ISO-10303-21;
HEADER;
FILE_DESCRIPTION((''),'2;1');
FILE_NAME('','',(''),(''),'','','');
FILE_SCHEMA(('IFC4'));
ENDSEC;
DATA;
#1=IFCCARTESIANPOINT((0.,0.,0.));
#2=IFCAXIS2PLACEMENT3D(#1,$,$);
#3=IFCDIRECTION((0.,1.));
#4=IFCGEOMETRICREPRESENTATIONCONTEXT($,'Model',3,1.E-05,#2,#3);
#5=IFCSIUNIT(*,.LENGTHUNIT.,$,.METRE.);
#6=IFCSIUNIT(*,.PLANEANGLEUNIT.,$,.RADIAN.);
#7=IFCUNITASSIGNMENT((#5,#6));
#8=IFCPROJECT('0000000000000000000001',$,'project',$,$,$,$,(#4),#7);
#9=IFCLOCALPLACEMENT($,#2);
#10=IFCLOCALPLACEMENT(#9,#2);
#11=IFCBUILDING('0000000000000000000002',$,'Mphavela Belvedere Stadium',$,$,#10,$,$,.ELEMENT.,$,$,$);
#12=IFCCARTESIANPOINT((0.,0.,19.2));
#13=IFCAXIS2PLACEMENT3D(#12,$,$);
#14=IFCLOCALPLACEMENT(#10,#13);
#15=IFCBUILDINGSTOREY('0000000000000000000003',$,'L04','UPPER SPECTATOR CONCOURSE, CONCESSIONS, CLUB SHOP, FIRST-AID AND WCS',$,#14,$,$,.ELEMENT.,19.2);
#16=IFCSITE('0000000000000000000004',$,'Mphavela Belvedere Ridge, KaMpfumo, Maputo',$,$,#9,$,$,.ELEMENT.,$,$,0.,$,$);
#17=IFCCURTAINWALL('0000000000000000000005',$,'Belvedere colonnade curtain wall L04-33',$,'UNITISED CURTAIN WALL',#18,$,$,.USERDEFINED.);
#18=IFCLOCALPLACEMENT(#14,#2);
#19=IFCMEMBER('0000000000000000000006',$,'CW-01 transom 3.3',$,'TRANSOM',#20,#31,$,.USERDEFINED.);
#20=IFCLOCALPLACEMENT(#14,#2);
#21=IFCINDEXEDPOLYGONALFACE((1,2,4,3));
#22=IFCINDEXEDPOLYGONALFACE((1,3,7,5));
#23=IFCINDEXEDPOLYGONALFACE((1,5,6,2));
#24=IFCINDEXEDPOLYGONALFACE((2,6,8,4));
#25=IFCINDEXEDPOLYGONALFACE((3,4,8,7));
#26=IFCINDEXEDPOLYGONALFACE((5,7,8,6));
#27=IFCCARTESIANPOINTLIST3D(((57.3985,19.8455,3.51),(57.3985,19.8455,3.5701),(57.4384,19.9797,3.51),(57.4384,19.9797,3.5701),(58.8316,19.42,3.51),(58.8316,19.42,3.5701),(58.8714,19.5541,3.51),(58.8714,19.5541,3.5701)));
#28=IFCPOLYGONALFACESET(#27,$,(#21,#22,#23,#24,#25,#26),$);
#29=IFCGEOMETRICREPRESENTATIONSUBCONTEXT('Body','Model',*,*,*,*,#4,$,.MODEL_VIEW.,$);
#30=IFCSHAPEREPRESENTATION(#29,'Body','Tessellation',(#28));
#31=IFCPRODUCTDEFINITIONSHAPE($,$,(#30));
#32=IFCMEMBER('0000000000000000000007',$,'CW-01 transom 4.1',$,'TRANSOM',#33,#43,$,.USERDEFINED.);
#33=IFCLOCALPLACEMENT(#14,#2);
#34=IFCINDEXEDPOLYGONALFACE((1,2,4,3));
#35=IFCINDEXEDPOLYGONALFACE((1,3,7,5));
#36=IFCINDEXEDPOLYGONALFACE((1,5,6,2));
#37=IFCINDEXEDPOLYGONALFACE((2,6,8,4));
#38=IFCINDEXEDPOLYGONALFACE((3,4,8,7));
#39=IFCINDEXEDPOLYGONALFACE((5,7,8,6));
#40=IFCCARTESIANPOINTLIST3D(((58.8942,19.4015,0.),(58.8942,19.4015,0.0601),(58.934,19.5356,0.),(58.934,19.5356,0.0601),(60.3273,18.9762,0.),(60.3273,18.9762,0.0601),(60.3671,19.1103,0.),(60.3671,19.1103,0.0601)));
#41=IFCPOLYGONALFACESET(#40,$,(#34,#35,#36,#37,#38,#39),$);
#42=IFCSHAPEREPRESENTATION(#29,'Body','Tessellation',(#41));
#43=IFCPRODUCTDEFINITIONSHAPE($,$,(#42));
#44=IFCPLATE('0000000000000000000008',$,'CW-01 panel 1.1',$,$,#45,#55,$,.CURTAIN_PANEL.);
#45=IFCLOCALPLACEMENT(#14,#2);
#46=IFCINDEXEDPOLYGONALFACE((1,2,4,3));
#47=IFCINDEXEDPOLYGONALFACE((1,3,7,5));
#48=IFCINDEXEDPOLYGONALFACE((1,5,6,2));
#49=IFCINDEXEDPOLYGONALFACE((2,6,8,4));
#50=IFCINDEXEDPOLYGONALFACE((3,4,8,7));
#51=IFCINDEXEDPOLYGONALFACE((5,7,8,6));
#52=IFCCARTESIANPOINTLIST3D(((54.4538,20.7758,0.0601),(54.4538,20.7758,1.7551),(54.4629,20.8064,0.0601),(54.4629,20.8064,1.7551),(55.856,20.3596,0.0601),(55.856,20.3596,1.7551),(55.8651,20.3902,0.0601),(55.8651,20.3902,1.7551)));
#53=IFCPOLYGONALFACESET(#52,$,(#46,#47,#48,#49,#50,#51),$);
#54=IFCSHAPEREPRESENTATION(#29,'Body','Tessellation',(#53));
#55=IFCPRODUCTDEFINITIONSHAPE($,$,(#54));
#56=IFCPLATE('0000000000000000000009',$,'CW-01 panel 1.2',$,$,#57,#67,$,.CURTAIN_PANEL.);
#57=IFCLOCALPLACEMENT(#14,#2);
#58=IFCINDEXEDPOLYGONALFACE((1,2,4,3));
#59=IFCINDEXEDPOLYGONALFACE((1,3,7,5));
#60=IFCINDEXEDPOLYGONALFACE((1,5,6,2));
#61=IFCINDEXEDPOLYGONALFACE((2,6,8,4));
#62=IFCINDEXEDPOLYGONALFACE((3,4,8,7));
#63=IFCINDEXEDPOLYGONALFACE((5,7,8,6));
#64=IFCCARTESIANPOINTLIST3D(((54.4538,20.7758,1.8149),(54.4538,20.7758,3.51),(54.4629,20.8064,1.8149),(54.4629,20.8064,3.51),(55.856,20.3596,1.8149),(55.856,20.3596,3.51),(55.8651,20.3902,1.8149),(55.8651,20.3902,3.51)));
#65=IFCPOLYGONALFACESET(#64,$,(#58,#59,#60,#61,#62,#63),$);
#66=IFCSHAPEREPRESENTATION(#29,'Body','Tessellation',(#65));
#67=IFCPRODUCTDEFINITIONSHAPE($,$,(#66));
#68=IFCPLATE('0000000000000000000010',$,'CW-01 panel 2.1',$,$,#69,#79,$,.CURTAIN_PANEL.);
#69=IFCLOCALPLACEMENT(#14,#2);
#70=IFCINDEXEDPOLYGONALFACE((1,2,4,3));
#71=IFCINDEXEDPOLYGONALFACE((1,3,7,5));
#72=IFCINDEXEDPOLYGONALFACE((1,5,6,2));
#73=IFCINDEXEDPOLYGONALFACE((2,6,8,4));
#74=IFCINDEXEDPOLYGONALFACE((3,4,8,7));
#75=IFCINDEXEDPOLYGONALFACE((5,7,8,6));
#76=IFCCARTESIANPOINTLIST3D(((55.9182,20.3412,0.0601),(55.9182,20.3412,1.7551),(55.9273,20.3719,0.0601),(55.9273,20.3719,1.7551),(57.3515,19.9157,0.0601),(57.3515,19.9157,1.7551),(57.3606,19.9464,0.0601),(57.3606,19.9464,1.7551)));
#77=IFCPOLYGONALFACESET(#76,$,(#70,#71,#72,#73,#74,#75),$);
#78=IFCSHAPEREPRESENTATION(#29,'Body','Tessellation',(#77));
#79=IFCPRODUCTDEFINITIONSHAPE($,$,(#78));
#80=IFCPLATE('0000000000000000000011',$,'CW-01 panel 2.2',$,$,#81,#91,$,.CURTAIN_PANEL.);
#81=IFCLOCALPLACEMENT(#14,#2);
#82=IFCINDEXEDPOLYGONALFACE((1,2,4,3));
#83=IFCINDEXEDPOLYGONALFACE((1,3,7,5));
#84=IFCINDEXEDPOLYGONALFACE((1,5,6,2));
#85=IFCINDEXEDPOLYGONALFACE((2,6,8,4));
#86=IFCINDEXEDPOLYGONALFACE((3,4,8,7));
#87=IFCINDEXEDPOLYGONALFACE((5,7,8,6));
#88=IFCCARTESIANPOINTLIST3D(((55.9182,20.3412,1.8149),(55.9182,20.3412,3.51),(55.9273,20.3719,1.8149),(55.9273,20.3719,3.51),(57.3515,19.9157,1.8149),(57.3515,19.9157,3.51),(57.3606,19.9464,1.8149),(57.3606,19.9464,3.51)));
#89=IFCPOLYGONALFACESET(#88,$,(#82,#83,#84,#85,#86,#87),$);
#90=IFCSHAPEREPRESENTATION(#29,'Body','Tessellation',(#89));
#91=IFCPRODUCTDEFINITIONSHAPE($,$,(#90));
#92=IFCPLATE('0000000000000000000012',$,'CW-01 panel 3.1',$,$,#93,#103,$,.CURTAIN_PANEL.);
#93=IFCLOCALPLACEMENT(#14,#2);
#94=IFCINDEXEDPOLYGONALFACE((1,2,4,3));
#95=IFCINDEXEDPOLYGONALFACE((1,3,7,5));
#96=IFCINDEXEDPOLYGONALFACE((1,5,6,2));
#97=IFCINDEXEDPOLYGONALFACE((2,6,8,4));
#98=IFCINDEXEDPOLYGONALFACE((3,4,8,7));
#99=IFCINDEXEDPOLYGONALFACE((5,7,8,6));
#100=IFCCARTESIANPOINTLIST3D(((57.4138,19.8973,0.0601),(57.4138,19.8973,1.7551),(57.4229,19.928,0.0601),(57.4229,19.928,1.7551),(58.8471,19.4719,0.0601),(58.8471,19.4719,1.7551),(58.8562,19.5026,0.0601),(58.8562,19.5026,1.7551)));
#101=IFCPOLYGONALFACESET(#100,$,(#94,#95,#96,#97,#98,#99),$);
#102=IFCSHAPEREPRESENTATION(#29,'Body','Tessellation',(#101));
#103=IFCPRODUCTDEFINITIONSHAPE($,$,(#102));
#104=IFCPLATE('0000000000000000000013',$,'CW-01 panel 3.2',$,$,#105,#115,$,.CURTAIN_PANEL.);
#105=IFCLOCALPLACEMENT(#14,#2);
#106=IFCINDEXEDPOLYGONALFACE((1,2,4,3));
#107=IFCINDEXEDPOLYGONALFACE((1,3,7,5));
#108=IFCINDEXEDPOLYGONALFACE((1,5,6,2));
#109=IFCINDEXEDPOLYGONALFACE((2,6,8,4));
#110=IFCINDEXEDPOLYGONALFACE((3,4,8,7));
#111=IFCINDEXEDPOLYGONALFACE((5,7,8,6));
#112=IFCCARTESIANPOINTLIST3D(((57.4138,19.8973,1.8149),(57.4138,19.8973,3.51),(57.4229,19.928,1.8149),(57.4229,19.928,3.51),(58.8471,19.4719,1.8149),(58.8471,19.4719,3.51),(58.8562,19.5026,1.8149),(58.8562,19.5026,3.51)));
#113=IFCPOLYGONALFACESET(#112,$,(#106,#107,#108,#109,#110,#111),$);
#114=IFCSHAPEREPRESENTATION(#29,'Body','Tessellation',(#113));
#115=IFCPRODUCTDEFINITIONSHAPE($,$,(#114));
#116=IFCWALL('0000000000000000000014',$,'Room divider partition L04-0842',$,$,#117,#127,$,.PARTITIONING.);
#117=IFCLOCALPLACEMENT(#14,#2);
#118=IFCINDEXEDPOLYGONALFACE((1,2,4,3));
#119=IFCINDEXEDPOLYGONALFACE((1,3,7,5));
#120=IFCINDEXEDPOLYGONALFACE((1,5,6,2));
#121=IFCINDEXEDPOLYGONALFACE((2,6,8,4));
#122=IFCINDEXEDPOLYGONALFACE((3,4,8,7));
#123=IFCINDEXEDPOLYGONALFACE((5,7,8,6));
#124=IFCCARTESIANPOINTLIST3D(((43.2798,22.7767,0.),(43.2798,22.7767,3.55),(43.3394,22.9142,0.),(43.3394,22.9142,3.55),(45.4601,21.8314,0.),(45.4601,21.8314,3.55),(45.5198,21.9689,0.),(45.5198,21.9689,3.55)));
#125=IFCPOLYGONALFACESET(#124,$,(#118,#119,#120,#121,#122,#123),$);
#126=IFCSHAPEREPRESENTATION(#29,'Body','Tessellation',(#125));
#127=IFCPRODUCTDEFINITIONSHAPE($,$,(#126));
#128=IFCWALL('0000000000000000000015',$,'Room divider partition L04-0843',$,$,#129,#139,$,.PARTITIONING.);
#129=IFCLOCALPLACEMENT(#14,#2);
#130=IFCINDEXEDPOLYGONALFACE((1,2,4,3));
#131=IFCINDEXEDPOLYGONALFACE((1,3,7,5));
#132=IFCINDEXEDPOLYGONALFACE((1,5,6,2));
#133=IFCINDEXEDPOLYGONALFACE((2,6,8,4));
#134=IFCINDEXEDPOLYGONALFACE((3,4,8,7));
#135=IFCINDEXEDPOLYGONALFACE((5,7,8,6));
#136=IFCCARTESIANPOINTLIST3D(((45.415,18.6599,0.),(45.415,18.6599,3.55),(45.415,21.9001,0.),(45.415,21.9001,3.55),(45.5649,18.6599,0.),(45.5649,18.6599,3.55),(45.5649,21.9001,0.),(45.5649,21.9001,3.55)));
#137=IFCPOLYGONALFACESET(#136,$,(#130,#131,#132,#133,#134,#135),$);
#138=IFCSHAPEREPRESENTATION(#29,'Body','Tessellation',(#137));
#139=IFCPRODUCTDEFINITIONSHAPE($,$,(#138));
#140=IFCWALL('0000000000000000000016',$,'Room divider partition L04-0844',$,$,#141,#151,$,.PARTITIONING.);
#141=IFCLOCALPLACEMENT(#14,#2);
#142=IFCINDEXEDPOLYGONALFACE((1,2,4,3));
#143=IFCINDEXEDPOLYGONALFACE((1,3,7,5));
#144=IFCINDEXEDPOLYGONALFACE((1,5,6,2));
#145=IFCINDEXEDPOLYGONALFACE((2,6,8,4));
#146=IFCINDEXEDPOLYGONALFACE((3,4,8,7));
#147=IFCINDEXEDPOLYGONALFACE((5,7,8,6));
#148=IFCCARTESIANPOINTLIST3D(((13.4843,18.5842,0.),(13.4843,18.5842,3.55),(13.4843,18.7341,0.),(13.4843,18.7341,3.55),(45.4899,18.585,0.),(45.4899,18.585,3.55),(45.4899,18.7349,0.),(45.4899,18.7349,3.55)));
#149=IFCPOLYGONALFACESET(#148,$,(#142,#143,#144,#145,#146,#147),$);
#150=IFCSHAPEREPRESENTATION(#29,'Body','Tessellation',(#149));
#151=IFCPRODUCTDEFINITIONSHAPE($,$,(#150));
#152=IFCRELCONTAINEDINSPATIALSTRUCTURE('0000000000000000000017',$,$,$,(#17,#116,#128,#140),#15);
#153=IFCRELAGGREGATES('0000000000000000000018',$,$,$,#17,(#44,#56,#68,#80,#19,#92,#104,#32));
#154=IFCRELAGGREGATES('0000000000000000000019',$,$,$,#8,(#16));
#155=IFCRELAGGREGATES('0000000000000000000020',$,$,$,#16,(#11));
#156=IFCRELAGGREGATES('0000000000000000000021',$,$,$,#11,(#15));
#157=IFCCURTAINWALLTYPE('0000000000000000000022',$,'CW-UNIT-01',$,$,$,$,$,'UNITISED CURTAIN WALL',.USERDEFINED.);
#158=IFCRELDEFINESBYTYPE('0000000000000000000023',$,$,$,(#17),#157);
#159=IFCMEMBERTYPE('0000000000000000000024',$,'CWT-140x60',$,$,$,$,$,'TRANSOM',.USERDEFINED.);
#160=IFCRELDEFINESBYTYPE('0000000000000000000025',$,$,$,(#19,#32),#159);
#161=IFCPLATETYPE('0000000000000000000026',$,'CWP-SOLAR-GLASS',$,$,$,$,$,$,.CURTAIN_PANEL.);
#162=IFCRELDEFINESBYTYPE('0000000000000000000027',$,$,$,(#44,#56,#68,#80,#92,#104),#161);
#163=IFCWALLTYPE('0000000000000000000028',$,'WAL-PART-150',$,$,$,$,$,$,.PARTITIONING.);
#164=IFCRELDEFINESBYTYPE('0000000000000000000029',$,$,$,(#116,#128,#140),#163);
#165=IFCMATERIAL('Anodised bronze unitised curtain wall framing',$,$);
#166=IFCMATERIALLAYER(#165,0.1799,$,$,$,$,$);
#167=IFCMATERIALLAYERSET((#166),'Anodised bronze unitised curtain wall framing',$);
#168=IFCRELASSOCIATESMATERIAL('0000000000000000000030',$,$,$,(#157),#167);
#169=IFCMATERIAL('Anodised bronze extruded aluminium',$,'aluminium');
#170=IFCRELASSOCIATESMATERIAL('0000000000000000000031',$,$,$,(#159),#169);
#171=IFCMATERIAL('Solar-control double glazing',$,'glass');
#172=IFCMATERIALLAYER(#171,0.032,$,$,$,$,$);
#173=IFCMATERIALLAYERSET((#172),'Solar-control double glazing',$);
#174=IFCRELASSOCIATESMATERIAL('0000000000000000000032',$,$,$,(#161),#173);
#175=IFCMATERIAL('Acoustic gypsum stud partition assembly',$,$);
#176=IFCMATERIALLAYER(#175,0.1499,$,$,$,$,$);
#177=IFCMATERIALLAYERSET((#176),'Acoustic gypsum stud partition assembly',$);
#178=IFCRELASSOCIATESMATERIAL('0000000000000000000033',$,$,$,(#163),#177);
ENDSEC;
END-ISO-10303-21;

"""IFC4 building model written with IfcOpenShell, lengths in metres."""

from ifc_helpers import new_model, si_unit, direction, frame, frame_2d, origin, origin_2d, place, context, subcontext, project, spatial, rectangle, extrude, material, layer, layer_set, material_profile, profile_set, type_object, element, aggregate, save


model = new_model("IFC4")

# Units and contexts
model_context = context("Model", 3, precision=1e-05, world=origin(), true_north=direction((0.0, 1.0)))
body_context = subcontext(model_context, "Body", "Model", "MODEL_VIEW")
ifc_project = project(units=[si_unit("LENGTHUNIT", "METRE"), si_unit("PLANEANGLEUNIT", "RADIAN")], contexts=[model_context])

# Site, building, storey
site_placement = place(None, origin())
site = spatial("IfcSite", under=ifc_project, at=site_placement, Name="Mphavela Belvedere Ridge, KaMpfumo, Maputo", CompositionType="ELEMENT", RefElevation=0.0)
building_placement = place(site_placement, origin())
building = spatial("IfcBuilding", under=site, at=building_placement, Name="Mphavela Belvedere Stadium", CompositionType="ELEMENT")
storey_placement = place(building_placement, frame((0.0, 0.0, 19.2)))
storey = spatial("IfcBuildingStorey", under=building, at=storey_placement, Name="L04", Description="UPPER SPECTATOR CONCOURSE, CONCESSIONS, CLUB SHOP, FIRST-AID AND WCS", CompositionType="ELEMENT", Elevation=19.2)

# Curtain wall, members, plates
ifc_material_1 = material(Name="Anodised bronze unitised curtain wall framing")
ifc_layer_1 = layer(ifc_material_1, 0.1799)
ifc_layer_set_1 = layer_set([ifc_layer_1], Name="Anodised bronze unitised curtain wall framing")
curtain_wall_type = type_object("IfcCurtainWallType", Name="CW-UNIT-01", ElementType="UNITISED CURTAIN WALL", PredefinedType="USERDEFINED", material=ifc_layer_set_1)
curtain_wall_placement = place(storey_placement, origin())
curtain_wall = element("IfcCurtainWall", 1, at=curtain_wall_placement, inside=storey, type_object=curtain_wall_type, Name="Belvedere colonnade curtain wall L04-33", ObjectType="UNITISED CURTAIN WALL", PredefinedType="USERDEFINED")
ifc_material_2 = material(Name="Anodised bronze extruded aluminium", Category="aluminium")
ifc_material_profile_1 = material_profile(ifc_material_2, rectangle(XDim=0.1399, YDim=0.0601, at=origin_2d()), Name="CW-TRN 140x60")
ifc_profile_set_1 = profile_set([ifc_material_profile_1], Name="Anodised bronze extruded aluminium")
member_type_1 = type_object("IfcMemberType", Name="CWT-140x60", ElementType="TRANSOM", PredefinedType="USERDEFINED", material=ifc_profile_set_1)
member_1_placement = place(storey_placement, frame((57.4185, 19.9126, 3.54), z_axis=(0.958632, -0.28465, 0.0), x_axis=(0.28465, 0.958632, 0.0)))
member_1 = element("IfcMember", 2, at=member_1_placement, type_object=member_type_1, Name="CW-01 transom 3.3", ObjectType="TRANSOM", PredefinedType="USERDEFINED", context=body_context, shape_type="SweptSolid", body=[
    extrude(rectangle(XDim=0.1399, YDim=0.0601, at=origin_2d()), origin(), (0.0, 0.0, 1.0), 1.4949),
])
member_2_placement = place(storey_placement, frame((58.9141, 19.4685, 0.03), z_axis=(0.958676, -0.2845, 0.0), x_axis=(0.2845, 0.958676, 0.0)))
member_2 = element("IfcMember", 3, at=member_2_placement, type_object=member_type_1, Name="CW-01 transom 4.1", ObjectType="TRANSOM", PredefinedType="USERDEFINED", context=body_context, shape_type="SweptSolid", body=[
    extrude(rectangle(XDim=0.1399, YDim=0.0601, at=origin_2d()), origin(), (0.0, 0.0, 1.0), 1.4949),
])
ifc_material_3 = material(Name="Solar-control double glazing", Category="glass")
ifc_layer_2 = layer(ifc_material_3, 0.032)
ifc_layer_set_2 = layer_set([ifc_layer_2], Name="Solar-control double glazing")
plate_type = type_object("IfcPlateType", Name="CWP-SOLAR-GLASS", PredefinedType="CURTAIN_PANEL", material=ifc_layer_set_2)
plate_1_placement = place(storey_placement, frame((55.1594, 20.583, 0.0601), z_axis=(0.0, 0.0, 1.0), x_axis=(0.958658, -0.284561, 0.0)))
plate_1 = element("IfcPlate", 4, at=plate_1_placement, type_object=plate_type, Name="CW-01 panel 1.1", PredefinedType="CURTAIN_PANEL", context=body_context, shape_type="SweptSolid", body=[
    extrude(rectangle(XDim=1.4626, YDim=0.032, at=origin_2d()), origin(), (0.0, 0.0, 1.0), 1.6951),
])
plate_2_placement = place(storey_placement, frame((55.1594, 20.583, 1.8149), z_axis=(0.0, 0.0, 1.0), x_axis=(0.958658, -0.284561, 0.0)))
plate_2 = element("IfcPlate", 5, at=plate_2_placement, type_object=plate_type, Name="CW-01 panel 1.2", PredefinedType="CURTAIN_PANEL", context=body_context, shape_type="SweptSolid", body=[
    extrude(rectangle(XDim=1.4626, YDim=0.032, at=origin_2d()), origin(), (0.0, 0.0, 1.0), 1.6951),
])
plate_3_placement = place(storey_placement, frame((56.6394, 20.1438, 0.0601), z_axis=(0.0, 0.0, 1.0), x_axis=(0.958658, -0.284561, 0.0)))
plate_3 = element("IfcPlate", 6, at=plate_3_placement, type_object=plate_type, Name="CW-01 panel 2.1", PredefinedType="CURTAIN_PANEL", context=body_context, shape_type="SweptSolid", body=[
    extrude(rectangle(XDim=1.4951, YDim=0.032, at=origin_2d()), origin(), (0.0, 0.0, 1.0), 1.6951),
])
plate_4_placement = place(storey_placement, frame((56.6394, 20.1438, 1.8149), z_axis=(0.0, 0.0, 1.0), x_axis=(0.958658, -0.284561, 0.0)))
plate_4 = element("IfcPlate", 7, at=plate_4_placement, type_object=plate_type, Name="CW-01 panel 2.2", PredefinedType="CURTAIN_PANEL", context=body_context, shape_type="SweptSolid", body=[
    extrude(rectangle(XDim=1.4951, YDim=0.032, at=origin_2d()), origin(), (0.0, 0.0, 1.0), 1.6951),
])
plate_5_placement = place(storey_placement, frame((58.135, 19.7, 0.0601), z_axis=(0.0, 0.0, 1.0), x_axis=(0.958658, -0.284561, 0.0)))
plate_5 = element("IfcPlate", 8, at=plate_5_placement, type_object=plate_type, Name="CW-01 panel 3.1", PredefinedType="CURTAIN_PANEL", context=body_context, shape_type="SweptSolid", body=[
    extrude(rectangle(XDim=1.4951, YDim=0.032, at=origin_2d()), origin(), (0.0, 0.0, 1.0), 1.6951),
])
plate_6_placement = place(storey_placement, frame((58.135, 19.7, 1.8149), z_axis=(0.0, 0.0, 1.0), x_axis=(0.958658, -0.284561, 0.0)))
plate_6 = element("IfcPlate", 9, at=plate_6_placement, type_object=plate_type, Name="CW-01 panel 3.2", PredefinedType="CURTAIN_PANEL", context=body_context, shape_type="SweptSolid", body=[
    extrude(rectangle(XDim=1.4951, YDim=0.032, at=origin_2d()), origin(), (0.0, 0.0, 1.0), 1.6951),
])
aggregate(curtain_wall, [plate_1, plate_2, plate_3, plate_4, member_1, plate_5, plate_6, member_2])

# Walls
ifc_material_4 = material(Name="Acoustic gypsum stud partition assembly")
ifc_layer_3 = layer(ifc_material_4, 0.1499)
ifc_layer_set_3 = layer_set([ifc_layer_3], Name="Acoustic gypsum stud partition assembly")
wall_type_1 = type_object("IfcWallType", Name="WAL-PART-150", PredefinedType="PARTITIONING", material=ifc_layer_set_3)
wall_1_placement = place(storey_placement, frame((43.3096, 22.8455, 0.0), z_axis=(0.0, 0.0, 1.0), x_axis=(0.917484, -0.397772, 0.0)))
element("IfcWall", 10, at=wall_1_placement, inside=storey, type_object=wall_type_1, Name="Room divider partition L04-0842", PredefinedType="PARTITIONING", context=body_context, shape_type="SweptSolid", body=[
    extrude(rectangle(XDim=2.3765, YDim=0.1499, at=frame_2d((1.1882, 0.0))), origin(), (0.0, 0.0, 1.0), 3.55),
])
wall_2_placement = place(storey_placement, frame((45.49, 21.9001, 0.0), z_axis=(0.0, 0.0, 1.0), x_axis=(0.0, -1.0, 0.0)))
element("IfcWall", 11, at=wall_2_placement, inside=storey, type_object=wall_type_1, Name="Room divider partition L04-0843", PredefinedType="PARTITIONING", context=body_context, shape_type="SweptSolid", body=[
    extrude(rectangle(XDim=3.2402, YDim=0.1499, at=frame_2d((1.6201, 0.0))), origin(), (0.0, 0.0, 1.0), 3.55),
])
wall_3_placement = place(storey_placement, frame((45.49, 18.6599, 0.0), z_axis=(0.0, 0.0, 1.0), x_axis=(-1.0, -0.000023, 0.0)))
element("IfcWall", 12, at=wall_3_placement, inside=storey, type_object=wall_type_1, Name="Room divider partition L04-0844", PredefinedType="PARTITIONING", context=body_context, shape_type="SweptSolid", body=[
    extrude(rectangle(XDim=32.0056, YDim=0.1499, at=frame_2d((16.0029, 0.0))), origin(), (0.0, 0.0, 1.0), 3.55),
])

save(model, "model.ifc")
